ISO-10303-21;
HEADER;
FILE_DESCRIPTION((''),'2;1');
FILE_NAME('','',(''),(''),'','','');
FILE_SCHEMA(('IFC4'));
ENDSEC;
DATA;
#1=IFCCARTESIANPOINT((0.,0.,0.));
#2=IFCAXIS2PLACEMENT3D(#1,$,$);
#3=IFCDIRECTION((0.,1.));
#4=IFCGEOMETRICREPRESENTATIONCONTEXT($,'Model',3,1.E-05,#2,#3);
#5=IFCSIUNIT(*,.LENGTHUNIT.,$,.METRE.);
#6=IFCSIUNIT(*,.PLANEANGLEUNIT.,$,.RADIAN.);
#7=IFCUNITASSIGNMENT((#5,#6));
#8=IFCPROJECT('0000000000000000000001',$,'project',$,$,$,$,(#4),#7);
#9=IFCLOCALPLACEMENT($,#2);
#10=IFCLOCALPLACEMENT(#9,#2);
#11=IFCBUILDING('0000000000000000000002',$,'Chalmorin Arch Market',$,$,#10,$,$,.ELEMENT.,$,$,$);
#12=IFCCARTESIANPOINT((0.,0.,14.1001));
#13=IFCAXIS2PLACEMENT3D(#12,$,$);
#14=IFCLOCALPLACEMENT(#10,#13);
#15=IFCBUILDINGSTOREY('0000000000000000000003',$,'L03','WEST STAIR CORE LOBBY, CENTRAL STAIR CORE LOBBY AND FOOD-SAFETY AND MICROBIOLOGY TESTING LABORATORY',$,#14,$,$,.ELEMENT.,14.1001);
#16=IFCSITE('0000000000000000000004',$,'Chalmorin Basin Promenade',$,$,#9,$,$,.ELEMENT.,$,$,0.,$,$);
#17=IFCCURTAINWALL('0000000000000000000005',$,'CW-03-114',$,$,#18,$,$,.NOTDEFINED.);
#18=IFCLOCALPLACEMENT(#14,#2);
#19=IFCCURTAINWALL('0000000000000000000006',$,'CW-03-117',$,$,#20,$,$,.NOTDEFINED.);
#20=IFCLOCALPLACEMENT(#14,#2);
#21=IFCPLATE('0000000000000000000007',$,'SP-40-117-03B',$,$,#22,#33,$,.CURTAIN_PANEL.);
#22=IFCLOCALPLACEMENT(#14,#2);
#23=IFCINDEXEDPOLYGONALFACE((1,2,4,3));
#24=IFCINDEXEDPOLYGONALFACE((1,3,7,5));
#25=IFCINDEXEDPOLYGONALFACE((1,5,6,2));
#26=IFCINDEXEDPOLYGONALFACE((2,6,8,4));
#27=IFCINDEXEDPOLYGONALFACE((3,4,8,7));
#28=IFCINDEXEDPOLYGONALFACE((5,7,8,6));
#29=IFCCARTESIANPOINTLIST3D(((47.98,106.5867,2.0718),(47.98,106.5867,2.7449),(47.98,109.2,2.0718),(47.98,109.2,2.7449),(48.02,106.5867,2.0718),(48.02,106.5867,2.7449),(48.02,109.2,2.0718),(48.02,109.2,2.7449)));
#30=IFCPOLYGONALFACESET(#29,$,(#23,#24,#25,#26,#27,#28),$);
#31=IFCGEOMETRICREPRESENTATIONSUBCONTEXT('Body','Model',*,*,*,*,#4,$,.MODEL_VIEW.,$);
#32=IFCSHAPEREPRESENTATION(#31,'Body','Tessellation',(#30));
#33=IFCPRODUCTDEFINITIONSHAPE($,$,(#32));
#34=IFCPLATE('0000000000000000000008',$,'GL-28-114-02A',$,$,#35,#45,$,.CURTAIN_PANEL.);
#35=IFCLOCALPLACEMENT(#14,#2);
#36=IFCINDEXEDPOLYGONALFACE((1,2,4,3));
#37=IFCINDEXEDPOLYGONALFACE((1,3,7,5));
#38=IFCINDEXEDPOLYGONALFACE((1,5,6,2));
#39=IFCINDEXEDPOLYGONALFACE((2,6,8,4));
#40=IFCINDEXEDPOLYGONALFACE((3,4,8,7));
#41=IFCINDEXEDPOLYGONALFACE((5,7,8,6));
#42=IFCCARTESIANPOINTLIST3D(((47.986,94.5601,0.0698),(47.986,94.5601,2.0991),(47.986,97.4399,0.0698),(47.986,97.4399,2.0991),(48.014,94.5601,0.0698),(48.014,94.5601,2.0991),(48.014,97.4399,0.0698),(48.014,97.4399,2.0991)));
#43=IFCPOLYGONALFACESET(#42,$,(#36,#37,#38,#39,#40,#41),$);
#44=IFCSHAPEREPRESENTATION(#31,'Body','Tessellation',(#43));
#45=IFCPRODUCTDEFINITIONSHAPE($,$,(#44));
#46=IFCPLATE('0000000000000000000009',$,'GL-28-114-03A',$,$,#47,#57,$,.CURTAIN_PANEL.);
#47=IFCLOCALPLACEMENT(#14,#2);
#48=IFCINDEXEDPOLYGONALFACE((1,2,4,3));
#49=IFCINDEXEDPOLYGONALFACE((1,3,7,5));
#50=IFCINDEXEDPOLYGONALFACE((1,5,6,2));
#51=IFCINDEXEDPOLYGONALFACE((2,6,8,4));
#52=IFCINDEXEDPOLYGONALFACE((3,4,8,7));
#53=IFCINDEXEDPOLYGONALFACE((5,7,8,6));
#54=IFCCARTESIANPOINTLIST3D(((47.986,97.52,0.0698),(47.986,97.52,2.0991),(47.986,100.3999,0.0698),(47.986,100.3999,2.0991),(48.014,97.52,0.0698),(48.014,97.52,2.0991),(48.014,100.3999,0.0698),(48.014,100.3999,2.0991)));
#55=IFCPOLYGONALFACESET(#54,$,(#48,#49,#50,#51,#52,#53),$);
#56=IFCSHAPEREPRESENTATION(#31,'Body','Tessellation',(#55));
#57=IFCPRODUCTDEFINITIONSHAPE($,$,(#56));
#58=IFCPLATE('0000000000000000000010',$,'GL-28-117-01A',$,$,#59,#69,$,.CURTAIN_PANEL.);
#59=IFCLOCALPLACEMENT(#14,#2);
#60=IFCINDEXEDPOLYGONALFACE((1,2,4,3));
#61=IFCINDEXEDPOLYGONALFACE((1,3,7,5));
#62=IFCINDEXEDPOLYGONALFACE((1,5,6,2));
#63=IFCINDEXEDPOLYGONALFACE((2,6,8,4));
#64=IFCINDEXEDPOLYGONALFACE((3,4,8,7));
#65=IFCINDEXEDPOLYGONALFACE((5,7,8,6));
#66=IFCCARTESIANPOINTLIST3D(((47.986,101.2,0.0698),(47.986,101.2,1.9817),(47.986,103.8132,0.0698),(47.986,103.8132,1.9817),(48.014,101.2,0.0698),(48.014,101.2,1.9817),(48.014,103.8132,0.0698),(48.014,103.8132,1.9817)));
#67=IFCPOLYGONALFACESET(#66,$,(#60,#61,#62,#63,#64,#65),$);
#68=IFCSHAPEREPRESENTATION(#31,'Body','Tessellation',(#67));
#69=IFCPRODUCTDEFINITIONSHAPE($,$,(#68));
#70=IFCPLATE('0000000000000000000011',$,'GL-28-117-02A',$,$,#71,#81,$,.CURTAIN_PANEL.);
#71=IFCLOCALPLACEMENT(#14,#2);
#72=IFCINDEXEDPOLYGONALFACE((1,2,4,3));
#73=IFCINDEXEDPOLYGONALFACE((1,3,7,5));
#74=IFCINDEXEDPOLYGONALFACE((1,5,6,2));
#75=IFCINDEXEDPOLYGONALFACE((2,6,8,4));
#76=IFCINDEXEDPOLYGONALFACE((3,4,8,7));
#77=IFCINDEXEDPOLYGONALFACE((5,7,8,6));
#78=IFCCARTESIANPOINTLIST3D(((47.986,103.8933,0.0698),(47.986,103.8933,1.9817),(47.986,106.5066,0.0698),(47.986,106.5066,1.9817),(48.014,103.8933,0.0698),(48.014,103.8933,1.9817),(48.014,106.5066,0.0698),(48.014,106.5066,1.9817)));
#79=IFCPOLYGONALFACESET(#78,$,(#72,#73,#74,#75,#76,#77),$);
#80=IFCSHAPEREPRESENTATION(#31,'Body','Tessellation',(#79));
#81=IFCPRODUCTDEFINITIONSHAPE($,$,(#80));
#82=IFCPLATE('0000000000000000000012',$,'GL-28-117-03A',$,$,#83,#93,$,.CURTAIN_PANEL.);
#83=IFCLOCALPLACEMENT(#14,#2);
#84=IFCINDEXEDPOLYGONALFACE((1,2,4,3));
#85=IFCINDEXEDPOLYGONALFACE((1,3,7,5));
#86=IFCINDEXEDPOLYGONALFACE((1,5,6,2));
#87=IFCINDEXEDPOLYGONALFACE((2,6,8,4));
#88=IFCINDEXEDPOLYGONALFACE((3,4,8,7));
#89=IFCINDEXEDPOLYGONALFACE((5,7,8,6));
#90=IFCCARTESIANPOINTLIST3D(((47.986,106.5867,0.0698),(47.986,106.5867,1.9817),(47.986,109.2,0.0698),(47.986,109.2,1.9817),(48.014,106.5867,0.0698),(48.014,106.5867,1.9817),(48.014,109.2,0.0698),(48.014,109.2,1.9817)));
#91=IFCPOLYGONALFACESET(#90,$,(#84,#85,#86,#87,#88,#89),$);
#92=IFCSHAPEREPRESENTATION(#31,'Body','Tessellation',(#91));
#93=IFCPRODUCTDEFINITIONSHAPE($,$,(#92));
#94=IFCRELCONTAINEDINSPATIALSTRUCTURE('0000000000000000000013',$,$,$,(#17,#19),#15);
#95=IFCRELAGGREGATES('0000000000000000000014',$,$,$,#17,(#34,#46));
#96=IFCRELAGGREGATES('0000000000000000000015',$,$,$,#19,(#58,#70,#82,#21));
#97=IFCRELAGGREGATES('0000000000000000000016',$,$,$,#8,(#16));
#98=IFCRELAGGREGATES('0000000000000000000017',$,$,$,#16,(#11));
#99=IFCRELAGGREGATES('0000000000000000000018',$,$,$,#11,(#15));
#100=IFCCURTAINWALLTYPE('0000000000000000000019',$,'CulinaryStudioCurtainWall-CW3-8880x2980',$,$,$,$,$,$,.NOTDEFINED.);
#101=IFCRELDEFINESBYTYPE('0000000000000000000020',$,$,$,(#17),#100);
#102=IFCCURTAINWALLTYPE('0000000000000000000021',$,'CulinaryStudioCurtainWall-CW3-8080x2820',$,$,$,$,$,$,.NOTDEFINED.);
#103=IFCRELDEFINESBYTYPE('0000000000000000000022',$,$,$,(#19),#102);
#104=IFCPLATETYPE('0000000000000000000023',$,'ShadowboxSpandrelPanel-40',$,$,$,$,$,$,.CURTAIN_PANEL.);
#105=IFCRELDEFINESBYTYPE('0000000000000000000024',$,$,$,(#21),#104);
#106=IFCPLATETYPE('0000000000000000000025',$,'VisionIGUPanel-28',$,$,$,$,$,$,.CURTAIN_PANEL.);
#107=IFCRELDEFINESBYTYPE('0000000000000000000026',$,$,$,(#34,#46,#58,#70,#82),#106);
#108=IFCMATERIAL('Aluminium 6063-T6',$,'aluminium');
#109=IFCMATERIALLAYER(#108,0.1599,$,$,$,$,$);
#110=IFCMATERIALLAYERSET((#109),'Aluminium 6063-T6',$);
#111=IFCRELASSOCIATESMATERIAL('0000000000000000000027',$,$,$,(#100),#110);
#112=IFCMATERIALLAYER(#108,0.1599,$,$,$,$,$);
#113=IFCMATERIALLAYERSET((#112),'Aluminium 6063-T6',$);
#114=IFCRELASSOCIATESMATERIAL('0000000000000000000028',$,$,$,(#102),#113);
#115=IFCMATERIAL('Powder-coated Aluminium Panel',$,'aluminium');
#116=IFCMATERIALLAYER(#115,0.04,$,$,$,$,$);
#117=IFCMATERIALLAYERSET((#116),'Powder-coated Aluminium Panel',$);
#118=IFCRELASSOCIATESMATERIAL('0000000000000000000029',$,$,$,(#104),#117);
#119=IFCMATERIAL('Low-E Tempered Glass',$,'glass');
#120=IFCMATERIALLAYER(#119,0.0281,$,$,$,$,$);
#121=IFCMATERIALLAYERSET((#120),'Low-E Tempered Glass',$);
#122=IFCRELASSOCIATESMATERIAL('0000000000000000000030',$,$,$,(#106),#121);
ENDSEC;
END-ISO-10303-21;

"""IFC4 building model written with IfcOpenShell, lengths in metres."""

from ifc_helpers import new_model, si_unit, direction, frame, origin, origin_2d, place, context, subcontext, project, spatial, rectangle, extrude, material, layer, layer_set, type_object, element, aggregate, save


model = new_model("IFC4")

# Units and contexts
model_context = context("Model", 3, precision=1e-05, world=origin(), true_north=direction((0.0, 1.0)))
body_context = subcontext(model_context, "Body", "Model", "MODEL_VIEW")
ifc_project = project(units=[si_unit("LENGTHUNIT", "METRE"), si_unit("PLANEANGLEUNIT", "RADIAN")], contexts=[model_context])

# Site, building, storey
site_placement = place(None, origin())
site = spatial("IfcSite", under=ifc_project, at=site_placement, Name="Chalmorin Basin Promenade", CompositionType="ELEMENT", RefElevation=0.0)
building_placement = place(site_placement, origin())
building = spatial("IfcBuilding", under=site, at=building_placement, Name="Chalmorin Arch Market", CompositionType="ELEMENT")
storey_placement = place(building_placement, frame((0.0, 0.0, 14.1001)))
storey = spatial("IfcBuildingStorey", under=building, at=storey_placement, Name="L03", Description="WEST STAIR CORE LOBBY, CENTRAL STAIR CORE LOBBY AND FOOD-SAFETY AND MICROBIOLOGY TESTING LABORATORY", CompositionType="ELEMENT", Elevation=14.1001)

# Curtain walls
ifc_material_1 = material(Name="Aluminium 6063-T6", Category="aluminium")
ifc_layer_1 = layer(ifc_material_1, 0.1599)
ifc_layer_set_1 = layer_set([ifc_layer_1], Name="Aluminium 6063-T6")
curtain_wall_type_1 = type_object("IfcCurtainWallType", Name="CulinaryStudioCurtainWall-CW3-8880x2980", PredefinedType="NOTDEFINED", material=ifc_layer_set_1)
curtain_wall_1_placement = place(storey_placement, origin())
curtain_wall_1 = element("IfcCurtainWall", 1, at=curtain_wall_1_placement, inside=storey, type_object=curtain_wall_type_1, Name="CW-03-114", PredefinedType="NOTDEFINED")
ifc_layer_2 = layer(ifc_material_1, 0.1599)
ifc_layer_set_2 = layer_set([ifc_layer_2], Name="Aluminium 6063-T6")
curtain_wall_type_2 = type_object("IfcCurtainWallType", Name="CulinaryStudioCurtainWall-CW3-8080x2820", PredefinedType="NOTDEFINED", material=ifc_layer_set_2)
curtain_wall_2_placement = place(storey_placement, origin())
curtain_wall_2 = element("IfcCurtainWall", 2, at=curtain_wall_2_placement, inside=storey, type_object=curtain_wall_type_2, Name="CW-03-117", PredefinedType="NOTDEFINED")

# Plates
ifc_material_2 = material(Name="Powder-coated Aluminium Panel", Category="aluminium")
ifc_layer_3 = layer(ifc_material_2, 0.04)
ifc_layer_set_3 = layer_set([ifc_layer_3], Name="Powder-coated Aluminium Panel")
plate_type_1 = type_object("IfcPlateType", Name="ShadowboxSpandrelPanel-40", PredefinedType="CURTAIN_PANEL", material=ifc_layer_set_3)
plate_1_placement = place(storey_placement, frame((48.0, 107.8933, 2.0718), z_axis=(0.0, 0.0, 1.0), x_axis=(0.0, 1.0, 0.0)))
plate_1 = element("IfcPlate", 3, at=plate_1_placement, type_object=plate_type_1, Name="SP-40-117-03B", PredefinedType="CURTAIN_PANEL", context=body_context, shape_type="SweptSolid", body=[
    extrude(rectangle(XDim=2.6133, YDim=0.04, at=origin_2d()), origin(), (0.0, 0.0, 1.0), 0.6731),
])
ifc_material_3 = material(Name="Low-E Tempered Glass", Category="glass")
ifc_layer_4 = layer(ifc_material_3, 0.0281)
ifc_layer_set_4 = layer_set([ifc_layer_4], Name="Low-E Tempered Glass")
plate_type_2 = type_object("IfcPlateType", Name="VisionIGUPanel-28", PredefinedType="CURTAIN_PANEL", material=ifc_layer_set_4)
plate_2_placement = place(storey_placement, frame((48.0, 96.0, 0.0698), z_axis=(0.0, 0.0, 1.0), x_axis=(0.0, 1.0, 0.0)))
plate_2 = element("IfcPlate", 4, at=plate_2_placement, type_object=plate_type_2, Name="GL-28-114-02A", PredefinedType="CURTAIN_PANEL", context=body_context, shape_type="SweptSolid", body=[
    extrude(rectangle(XDim=2.8799, YDim=0.0281, at=origin_2d()), origin(), (0.0, 0.0, 1.0), 2.0293),
])
plate_3_placement = place(storey_placement, frame((48.0, 98.96, 0.0698), z_axis=(0.0, 0.0, 1.0), x_axis=(0.0, 1.0, 0.0)))
plate_3 = element("IfcPlate", 5, at=plate_3_placement, type_object=plate_type_2, Name="GL-28-114-03A", PredefinedType="CURTAIN_PANEL", context=body_context, shape_type="SweptSolid", body=[
    extrude(rectangle(XDim=2.8799, YDim=0.0281, at=origin_2d()), origin(), (0.0, 0.0, 1.0), 2.0293),
])
aggregate(curtain_wall_1, [plate_2, plate_3])
plate_4_placement = place(storey_placement, frame((48.0, 102.5066, 0.0698), z_axis=(0.0, 0.0, 1.0), x_axis=(0.0, 1.0, 0.0)))
plate_4 = element("IfcPlate", 6, at=plate_4_placement, type_object=plate_type_2, Name="GL-28-117-01A", PredefinedType="CURTAIN_PANEL", context=body_context, shape_type="SweptSolid", body=[
    extrude(rectangle(XDim=2.6133, YDim=0.0281, at=origin_2d()), origin(), (0.0, 0.0, 1.0), 1.9119),
])
plate_5_placement = place(storey_placement, frame((48.0, 105.2, 0.0698), z_axis=(0.0, 0.0, 1.0), x_axis=(0.0, 1.0, 0.0)))
plate_5 = element("IfcPlate", 7, at=plate_5_placement, type_object=plate_type_2, Name="GL-28-117-02A", PredefinedType="CURTAIN_PANEL", context=body_context, shape_type="SweptSolid", body=[
    extrude(rectangle(XDim=2.6133, YDim=0.0281, at=origin_2d()), origin(), (0.0, 0.0, 1.0), 1.9119),
])
plate_6_placement = place(storey_placement, frame((48.0, 107.8933, 0.0698), z_axis=(0.0, 0.0, 1.0), x_axis=(0.0, 1.0, 0.0)))
plate_6 = element("IfcPlate", 8, at=plate_6_placement, type_object=plate_type_2, Name="GL-28-117-03A", PredefinedType="CURTAIN_PANEL", context=body_context, shape_type="SweptSolid", body=[
    extrude(rectangle(XDim=2.6133, YDim=0.0281, at=origin_2d()), origin(), (0.0, 0.0, 1.0), 1.9119),
])
aggregate(curtain_wall_2, [plate_4, plate_5, plate_6, plate_1])

save(model, "model.ifc")
